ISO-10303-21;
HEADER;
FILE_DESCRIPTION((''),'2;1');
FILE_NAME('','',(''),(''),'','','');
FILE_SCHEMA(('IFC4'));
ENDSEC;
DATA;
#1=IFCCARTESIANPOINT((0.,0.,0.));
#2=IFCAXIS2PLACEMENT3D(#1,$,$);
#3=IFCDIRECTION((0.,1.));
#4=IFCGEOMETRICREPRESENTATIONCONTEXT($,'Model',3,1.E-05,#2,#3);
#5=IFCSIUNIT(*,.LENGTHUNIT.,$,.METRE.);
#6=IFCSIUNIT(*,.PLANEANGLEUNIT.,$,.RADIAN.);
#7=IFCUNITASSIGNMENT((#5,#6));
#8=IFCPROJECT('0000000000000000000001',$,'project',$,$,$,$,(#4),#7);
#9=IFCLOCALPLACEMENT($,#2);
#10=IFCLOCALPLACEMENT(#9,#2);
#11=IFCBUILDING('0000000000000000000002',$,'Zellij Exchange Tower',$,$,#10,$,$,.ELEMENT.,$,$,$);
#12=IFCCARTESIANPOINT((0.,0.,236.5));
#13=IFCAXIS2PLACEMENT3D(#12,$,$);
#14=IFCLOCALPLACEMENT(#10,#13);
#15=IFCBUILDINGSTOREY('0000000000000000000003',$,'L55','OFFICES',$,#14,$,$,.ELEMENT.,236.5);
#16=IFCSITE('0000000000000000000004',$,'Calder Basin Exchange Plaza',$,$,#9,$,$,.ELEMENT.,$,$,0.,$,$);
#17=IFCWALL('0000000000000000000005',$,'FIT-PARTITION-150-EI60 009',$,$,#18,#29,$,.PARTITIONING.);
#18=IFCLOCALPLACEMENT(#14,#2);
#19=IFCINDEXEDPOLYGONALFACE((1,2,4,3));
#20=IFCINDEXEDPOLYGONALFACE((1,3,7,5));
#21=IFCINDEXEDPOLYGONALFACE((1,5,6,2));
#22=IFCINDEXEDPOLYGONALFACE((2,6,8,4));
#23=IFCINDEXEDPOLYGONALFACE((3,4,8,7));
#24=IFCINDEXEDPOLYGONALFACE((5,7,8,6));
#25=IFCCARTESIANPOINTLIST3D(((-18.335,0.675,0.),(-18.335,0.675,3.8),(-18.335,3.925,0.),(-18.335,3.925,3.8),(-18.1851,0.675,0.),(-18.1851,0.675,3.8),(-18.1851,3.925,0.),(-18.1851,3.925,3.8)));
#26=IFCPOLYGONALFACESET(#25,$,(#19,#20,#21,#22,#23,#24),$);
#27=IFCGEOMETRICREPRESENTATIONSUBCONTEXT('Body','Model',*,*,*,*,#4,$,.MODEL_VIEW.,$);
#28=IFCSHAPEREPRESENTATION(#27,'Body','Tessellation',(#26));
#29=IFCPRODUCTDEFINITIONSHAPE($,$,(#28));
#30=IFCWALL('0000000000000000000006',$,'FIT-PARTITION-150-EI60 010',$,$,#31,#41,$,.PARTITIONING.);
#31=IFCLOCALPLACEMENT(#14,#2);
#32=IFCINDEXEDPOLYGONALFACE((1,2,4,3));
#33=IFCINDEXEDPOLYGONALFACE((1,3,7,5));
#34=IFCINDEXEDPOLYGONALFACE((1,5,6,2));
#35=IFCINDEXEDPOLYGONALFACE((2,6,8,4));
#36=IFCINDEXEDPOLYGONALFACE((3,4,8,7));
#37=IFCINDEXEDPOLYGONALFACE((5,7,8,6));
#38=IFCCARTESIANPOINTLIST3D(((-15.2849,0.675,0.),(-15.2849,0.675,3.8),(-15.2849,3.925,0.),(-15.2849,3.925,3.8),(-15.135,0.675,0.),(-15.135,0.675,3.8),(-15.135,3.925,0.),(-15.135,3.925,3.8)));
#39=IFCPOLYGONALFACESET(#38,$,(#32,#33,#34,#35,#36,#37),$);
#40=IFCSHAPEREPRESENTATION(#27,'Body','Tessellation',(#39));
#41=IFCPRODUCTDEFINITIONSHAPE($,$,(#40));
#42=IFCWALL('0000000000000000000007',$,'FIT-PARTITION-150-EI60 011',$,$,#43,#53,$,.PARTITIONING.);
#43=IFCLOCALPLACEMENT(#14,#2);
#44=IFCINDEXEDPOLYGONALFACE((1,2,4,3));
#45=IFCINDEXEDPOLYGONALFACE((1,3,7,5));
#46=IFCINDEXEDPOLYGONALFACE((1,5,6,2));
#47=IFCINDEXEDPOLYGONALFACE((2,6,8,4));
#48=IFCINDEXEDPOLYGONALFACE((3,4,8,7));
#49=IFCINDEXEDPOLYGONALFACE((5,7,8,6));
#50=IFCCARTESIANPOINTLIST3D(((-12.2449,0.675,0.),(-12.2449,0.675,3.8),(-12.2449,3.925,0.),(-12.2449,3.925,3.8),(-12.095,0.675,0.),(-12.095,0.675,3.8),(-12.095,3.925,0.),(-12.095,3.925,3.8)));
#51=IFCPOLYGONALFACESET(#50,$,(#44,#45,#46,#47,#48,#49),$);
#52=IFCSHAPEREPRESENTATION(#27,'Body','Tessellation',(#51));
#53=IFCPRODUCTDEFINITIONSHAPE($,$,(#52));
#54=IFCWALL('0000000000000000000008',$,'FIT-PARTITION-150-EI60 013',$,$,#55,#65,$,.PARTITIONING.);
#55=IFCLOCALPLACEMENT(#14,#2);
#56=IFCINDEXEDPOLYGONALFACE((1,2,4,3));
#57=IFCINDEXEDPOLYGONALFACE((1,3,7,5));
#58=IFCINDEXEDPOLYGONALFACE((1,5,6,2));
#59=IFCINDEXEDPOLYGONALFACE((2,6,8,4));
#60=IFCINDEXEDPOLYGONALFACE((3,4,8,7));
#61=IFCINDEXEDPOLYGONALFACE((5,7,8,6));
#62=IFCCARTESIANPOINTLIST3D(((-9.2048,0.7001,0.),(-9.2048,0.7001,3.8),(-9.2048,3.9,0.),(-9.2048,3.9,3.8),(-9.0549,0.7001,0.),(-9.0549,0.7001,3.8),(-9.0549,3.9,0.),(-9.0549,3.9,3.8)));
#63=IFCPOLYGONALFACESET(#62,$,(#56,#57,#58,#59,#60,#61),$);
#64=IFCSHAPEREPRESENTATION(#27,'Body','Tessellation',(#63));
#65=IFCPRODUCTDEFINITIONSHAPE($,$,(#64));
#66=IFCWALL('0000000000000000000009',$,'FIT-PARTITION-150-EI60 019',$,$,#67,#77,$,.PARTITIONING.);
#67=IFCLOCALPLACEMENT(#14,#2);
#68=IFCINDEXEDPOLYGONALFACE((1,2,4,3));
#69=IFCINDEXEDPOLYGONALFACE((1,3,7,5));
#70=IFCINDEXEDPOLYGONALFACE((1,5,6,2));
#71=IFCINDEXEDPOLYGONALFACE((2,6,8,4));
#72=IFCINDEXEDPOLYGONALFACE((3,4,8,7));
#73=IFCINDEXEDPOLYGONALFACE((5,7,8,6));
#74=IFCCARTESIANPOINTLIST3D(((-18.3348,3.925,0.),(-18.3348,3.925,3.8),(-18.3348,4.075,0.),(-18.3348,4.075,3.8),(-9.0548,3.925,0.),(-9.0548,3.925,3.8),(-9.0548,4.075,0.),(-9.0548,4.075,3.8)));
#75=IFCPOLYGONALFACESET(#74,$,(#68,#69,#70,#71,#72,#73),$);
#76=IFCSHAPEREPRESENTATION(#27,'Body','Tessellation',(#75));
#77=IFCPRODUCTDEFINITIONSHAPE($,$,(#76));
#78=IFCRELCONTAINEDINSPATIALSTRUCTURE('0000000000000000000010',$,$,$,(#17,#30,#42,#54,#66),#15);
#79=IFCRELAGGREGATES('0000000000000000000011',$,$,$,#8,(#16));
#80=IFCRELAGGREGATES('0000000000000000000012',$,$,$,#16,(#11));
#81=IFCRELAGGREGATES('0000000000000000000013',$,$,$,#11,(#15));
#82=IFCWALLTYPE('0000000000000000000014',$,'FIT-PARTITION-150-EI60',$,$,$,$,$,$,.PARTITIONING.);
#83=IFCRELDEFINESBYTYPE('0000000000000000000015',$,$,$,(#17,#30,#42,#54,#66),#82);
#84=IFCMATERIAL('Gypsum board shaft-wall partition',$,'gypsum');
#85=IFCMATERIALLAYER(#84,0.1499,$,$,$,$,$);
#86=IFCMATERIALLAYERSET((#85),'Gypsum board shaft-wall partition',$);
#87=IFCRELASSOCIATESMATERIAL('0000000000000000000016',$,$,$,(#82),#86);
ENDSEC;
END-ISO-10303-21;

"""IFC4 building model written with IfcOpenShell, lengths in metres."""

from ifc_helpers import new_model, si_unit, direction, frame, frame_2d, origin, place, context, subcontext, project, spatial, rectangle, extrude, material, layer, layer_set, type_object, element, save


model = new_model("IFC4")

# Units and contexts
model_context = context("Model", 3, precision=1e-05, world=origin(), true_north=direction((0.0, 1.0)))
body_context = subcontext(model_context, "Body", "Model", "MODEL_VIEW")
ifc_project = project(units=[si_unit("LENGTHUNIT", "METRE"), si_unit("PLANEANGLEUNIT", "RADIAN")], contexts=[model_context])

# Site, building, storey
site_placement = place(None, origin())
site = spatial("IfcSite", under=ifc_project, at=site_placement, Name="Calder Basin Exchange Plaza", CompositionType="ELEMENT", RefElevation=0.0)
building_placement = place(site_placement, origin())
building = spatial("IfcBuilding", under=site, at=building_placement, Name="Zellij Exchange Tower", CompositionType="ELEMENT")
storey_placement = place(building_placement, frame((0.0, 0.0, 236.5)))
storey = spatial("IfcBuildingStorey", under=building, at=storey_placement, Name="L55", Description="OFFICES", CompositionType="ELEMENT", Elevation=236.5)

# Shared definitions
ifc_material_1 = material(Name="Gypsum board shaft-wall partition", Category="gypsum")
ifc_layer_1 = layer(ifc_material_1, 0.1499)
ifc_layer_set_1 = layer_set([ifc_layer_1], Name="Gypsum board shaft-wall partition")
wall_type_1 = type_object("IfcWallType", Name="FIT-PARTITION-150-EI60", PredefinedType="PARTITIONING", material=ifc_layer_set_1)

# Walls
for number, where, z_axis, x_axis, name in (
    (1, (-18.26, 0.675, 0.0), (0.0, 0.0, 1.0), (0.0, 1.0, 0.0), "FIT-PARTITION-150-EI60 009"),
    (2, (-15.21, 0.675, 0.0), (0.0, 0.0, 1.0), (0.0, 1.0, 0.0), "FIT-PARTITION-150-EI60 010"),
    (3, (-12.1699, 0.675, 0.0), (0.0, 0.0, 1.0), (0.0, 1.0, 0.0), "FIT-PARTITION-150-EI60 011"),
):
    element("IfcWall", number, at=place(storey_placement, frame(where, z_axis=z_axis, x_axis=x_axis)), inside=storey, type_object=wall_type_1, Name=name, PredefinedType="PARTITIONING", context=body_context, shape_type="SweptSolid", body=[
        extrude(rectangle(XDim=3.25, YDim=0.1499, at=frame_2d((1.625, 0.0))), origin(), (0.0, 0.0, 1.0), 3.8),
    ])
wall_1_placement = place(storey_placement, frame((-9.1299, 0.7, 0.0), z_axis=(0.0, 0.0, 1.0), x_axis=(0.0, 1.0, 0.0)))
element("IfcWall", 4, at=wall_1_placement, inside=storey, type_object=wall_type_1, Name="FIT-PARTITION-150-EI60 013", PredefinedType="PARTITIONING", context=body_context, shape_type="SweptSolid", body=[
    extrude(rectangle(XDim=3.2, YDim=0.1499, at=frame_2d((1.6001, 0.0))), origin(), (0.0, 0.0, 1.0), 3.8),
])
wall_2_placement = place(storey_placement, frame((-18.335, 4.0, 0.0), z_axis=(0.0, 0.0, 1.0), x_axis=(1.0, 0.0, 0.0)))
element("IfcWall", 5, at=wall_2_placement, inside=storey, type_object=wall_type_1, Name="FIT-PARTITION-150-EI60 019", PredefinedType="PARTITIONING", context=body_context, shape_type="SweptSolid", body=[
    extrude(rectangle(XDim=9.28, YDim=0.1499, at=frame_2d((4.6401, 0.0))), origin(), (0.0, 0.0, 1.0), 3.8),
])

save(model, "model.ifc")
